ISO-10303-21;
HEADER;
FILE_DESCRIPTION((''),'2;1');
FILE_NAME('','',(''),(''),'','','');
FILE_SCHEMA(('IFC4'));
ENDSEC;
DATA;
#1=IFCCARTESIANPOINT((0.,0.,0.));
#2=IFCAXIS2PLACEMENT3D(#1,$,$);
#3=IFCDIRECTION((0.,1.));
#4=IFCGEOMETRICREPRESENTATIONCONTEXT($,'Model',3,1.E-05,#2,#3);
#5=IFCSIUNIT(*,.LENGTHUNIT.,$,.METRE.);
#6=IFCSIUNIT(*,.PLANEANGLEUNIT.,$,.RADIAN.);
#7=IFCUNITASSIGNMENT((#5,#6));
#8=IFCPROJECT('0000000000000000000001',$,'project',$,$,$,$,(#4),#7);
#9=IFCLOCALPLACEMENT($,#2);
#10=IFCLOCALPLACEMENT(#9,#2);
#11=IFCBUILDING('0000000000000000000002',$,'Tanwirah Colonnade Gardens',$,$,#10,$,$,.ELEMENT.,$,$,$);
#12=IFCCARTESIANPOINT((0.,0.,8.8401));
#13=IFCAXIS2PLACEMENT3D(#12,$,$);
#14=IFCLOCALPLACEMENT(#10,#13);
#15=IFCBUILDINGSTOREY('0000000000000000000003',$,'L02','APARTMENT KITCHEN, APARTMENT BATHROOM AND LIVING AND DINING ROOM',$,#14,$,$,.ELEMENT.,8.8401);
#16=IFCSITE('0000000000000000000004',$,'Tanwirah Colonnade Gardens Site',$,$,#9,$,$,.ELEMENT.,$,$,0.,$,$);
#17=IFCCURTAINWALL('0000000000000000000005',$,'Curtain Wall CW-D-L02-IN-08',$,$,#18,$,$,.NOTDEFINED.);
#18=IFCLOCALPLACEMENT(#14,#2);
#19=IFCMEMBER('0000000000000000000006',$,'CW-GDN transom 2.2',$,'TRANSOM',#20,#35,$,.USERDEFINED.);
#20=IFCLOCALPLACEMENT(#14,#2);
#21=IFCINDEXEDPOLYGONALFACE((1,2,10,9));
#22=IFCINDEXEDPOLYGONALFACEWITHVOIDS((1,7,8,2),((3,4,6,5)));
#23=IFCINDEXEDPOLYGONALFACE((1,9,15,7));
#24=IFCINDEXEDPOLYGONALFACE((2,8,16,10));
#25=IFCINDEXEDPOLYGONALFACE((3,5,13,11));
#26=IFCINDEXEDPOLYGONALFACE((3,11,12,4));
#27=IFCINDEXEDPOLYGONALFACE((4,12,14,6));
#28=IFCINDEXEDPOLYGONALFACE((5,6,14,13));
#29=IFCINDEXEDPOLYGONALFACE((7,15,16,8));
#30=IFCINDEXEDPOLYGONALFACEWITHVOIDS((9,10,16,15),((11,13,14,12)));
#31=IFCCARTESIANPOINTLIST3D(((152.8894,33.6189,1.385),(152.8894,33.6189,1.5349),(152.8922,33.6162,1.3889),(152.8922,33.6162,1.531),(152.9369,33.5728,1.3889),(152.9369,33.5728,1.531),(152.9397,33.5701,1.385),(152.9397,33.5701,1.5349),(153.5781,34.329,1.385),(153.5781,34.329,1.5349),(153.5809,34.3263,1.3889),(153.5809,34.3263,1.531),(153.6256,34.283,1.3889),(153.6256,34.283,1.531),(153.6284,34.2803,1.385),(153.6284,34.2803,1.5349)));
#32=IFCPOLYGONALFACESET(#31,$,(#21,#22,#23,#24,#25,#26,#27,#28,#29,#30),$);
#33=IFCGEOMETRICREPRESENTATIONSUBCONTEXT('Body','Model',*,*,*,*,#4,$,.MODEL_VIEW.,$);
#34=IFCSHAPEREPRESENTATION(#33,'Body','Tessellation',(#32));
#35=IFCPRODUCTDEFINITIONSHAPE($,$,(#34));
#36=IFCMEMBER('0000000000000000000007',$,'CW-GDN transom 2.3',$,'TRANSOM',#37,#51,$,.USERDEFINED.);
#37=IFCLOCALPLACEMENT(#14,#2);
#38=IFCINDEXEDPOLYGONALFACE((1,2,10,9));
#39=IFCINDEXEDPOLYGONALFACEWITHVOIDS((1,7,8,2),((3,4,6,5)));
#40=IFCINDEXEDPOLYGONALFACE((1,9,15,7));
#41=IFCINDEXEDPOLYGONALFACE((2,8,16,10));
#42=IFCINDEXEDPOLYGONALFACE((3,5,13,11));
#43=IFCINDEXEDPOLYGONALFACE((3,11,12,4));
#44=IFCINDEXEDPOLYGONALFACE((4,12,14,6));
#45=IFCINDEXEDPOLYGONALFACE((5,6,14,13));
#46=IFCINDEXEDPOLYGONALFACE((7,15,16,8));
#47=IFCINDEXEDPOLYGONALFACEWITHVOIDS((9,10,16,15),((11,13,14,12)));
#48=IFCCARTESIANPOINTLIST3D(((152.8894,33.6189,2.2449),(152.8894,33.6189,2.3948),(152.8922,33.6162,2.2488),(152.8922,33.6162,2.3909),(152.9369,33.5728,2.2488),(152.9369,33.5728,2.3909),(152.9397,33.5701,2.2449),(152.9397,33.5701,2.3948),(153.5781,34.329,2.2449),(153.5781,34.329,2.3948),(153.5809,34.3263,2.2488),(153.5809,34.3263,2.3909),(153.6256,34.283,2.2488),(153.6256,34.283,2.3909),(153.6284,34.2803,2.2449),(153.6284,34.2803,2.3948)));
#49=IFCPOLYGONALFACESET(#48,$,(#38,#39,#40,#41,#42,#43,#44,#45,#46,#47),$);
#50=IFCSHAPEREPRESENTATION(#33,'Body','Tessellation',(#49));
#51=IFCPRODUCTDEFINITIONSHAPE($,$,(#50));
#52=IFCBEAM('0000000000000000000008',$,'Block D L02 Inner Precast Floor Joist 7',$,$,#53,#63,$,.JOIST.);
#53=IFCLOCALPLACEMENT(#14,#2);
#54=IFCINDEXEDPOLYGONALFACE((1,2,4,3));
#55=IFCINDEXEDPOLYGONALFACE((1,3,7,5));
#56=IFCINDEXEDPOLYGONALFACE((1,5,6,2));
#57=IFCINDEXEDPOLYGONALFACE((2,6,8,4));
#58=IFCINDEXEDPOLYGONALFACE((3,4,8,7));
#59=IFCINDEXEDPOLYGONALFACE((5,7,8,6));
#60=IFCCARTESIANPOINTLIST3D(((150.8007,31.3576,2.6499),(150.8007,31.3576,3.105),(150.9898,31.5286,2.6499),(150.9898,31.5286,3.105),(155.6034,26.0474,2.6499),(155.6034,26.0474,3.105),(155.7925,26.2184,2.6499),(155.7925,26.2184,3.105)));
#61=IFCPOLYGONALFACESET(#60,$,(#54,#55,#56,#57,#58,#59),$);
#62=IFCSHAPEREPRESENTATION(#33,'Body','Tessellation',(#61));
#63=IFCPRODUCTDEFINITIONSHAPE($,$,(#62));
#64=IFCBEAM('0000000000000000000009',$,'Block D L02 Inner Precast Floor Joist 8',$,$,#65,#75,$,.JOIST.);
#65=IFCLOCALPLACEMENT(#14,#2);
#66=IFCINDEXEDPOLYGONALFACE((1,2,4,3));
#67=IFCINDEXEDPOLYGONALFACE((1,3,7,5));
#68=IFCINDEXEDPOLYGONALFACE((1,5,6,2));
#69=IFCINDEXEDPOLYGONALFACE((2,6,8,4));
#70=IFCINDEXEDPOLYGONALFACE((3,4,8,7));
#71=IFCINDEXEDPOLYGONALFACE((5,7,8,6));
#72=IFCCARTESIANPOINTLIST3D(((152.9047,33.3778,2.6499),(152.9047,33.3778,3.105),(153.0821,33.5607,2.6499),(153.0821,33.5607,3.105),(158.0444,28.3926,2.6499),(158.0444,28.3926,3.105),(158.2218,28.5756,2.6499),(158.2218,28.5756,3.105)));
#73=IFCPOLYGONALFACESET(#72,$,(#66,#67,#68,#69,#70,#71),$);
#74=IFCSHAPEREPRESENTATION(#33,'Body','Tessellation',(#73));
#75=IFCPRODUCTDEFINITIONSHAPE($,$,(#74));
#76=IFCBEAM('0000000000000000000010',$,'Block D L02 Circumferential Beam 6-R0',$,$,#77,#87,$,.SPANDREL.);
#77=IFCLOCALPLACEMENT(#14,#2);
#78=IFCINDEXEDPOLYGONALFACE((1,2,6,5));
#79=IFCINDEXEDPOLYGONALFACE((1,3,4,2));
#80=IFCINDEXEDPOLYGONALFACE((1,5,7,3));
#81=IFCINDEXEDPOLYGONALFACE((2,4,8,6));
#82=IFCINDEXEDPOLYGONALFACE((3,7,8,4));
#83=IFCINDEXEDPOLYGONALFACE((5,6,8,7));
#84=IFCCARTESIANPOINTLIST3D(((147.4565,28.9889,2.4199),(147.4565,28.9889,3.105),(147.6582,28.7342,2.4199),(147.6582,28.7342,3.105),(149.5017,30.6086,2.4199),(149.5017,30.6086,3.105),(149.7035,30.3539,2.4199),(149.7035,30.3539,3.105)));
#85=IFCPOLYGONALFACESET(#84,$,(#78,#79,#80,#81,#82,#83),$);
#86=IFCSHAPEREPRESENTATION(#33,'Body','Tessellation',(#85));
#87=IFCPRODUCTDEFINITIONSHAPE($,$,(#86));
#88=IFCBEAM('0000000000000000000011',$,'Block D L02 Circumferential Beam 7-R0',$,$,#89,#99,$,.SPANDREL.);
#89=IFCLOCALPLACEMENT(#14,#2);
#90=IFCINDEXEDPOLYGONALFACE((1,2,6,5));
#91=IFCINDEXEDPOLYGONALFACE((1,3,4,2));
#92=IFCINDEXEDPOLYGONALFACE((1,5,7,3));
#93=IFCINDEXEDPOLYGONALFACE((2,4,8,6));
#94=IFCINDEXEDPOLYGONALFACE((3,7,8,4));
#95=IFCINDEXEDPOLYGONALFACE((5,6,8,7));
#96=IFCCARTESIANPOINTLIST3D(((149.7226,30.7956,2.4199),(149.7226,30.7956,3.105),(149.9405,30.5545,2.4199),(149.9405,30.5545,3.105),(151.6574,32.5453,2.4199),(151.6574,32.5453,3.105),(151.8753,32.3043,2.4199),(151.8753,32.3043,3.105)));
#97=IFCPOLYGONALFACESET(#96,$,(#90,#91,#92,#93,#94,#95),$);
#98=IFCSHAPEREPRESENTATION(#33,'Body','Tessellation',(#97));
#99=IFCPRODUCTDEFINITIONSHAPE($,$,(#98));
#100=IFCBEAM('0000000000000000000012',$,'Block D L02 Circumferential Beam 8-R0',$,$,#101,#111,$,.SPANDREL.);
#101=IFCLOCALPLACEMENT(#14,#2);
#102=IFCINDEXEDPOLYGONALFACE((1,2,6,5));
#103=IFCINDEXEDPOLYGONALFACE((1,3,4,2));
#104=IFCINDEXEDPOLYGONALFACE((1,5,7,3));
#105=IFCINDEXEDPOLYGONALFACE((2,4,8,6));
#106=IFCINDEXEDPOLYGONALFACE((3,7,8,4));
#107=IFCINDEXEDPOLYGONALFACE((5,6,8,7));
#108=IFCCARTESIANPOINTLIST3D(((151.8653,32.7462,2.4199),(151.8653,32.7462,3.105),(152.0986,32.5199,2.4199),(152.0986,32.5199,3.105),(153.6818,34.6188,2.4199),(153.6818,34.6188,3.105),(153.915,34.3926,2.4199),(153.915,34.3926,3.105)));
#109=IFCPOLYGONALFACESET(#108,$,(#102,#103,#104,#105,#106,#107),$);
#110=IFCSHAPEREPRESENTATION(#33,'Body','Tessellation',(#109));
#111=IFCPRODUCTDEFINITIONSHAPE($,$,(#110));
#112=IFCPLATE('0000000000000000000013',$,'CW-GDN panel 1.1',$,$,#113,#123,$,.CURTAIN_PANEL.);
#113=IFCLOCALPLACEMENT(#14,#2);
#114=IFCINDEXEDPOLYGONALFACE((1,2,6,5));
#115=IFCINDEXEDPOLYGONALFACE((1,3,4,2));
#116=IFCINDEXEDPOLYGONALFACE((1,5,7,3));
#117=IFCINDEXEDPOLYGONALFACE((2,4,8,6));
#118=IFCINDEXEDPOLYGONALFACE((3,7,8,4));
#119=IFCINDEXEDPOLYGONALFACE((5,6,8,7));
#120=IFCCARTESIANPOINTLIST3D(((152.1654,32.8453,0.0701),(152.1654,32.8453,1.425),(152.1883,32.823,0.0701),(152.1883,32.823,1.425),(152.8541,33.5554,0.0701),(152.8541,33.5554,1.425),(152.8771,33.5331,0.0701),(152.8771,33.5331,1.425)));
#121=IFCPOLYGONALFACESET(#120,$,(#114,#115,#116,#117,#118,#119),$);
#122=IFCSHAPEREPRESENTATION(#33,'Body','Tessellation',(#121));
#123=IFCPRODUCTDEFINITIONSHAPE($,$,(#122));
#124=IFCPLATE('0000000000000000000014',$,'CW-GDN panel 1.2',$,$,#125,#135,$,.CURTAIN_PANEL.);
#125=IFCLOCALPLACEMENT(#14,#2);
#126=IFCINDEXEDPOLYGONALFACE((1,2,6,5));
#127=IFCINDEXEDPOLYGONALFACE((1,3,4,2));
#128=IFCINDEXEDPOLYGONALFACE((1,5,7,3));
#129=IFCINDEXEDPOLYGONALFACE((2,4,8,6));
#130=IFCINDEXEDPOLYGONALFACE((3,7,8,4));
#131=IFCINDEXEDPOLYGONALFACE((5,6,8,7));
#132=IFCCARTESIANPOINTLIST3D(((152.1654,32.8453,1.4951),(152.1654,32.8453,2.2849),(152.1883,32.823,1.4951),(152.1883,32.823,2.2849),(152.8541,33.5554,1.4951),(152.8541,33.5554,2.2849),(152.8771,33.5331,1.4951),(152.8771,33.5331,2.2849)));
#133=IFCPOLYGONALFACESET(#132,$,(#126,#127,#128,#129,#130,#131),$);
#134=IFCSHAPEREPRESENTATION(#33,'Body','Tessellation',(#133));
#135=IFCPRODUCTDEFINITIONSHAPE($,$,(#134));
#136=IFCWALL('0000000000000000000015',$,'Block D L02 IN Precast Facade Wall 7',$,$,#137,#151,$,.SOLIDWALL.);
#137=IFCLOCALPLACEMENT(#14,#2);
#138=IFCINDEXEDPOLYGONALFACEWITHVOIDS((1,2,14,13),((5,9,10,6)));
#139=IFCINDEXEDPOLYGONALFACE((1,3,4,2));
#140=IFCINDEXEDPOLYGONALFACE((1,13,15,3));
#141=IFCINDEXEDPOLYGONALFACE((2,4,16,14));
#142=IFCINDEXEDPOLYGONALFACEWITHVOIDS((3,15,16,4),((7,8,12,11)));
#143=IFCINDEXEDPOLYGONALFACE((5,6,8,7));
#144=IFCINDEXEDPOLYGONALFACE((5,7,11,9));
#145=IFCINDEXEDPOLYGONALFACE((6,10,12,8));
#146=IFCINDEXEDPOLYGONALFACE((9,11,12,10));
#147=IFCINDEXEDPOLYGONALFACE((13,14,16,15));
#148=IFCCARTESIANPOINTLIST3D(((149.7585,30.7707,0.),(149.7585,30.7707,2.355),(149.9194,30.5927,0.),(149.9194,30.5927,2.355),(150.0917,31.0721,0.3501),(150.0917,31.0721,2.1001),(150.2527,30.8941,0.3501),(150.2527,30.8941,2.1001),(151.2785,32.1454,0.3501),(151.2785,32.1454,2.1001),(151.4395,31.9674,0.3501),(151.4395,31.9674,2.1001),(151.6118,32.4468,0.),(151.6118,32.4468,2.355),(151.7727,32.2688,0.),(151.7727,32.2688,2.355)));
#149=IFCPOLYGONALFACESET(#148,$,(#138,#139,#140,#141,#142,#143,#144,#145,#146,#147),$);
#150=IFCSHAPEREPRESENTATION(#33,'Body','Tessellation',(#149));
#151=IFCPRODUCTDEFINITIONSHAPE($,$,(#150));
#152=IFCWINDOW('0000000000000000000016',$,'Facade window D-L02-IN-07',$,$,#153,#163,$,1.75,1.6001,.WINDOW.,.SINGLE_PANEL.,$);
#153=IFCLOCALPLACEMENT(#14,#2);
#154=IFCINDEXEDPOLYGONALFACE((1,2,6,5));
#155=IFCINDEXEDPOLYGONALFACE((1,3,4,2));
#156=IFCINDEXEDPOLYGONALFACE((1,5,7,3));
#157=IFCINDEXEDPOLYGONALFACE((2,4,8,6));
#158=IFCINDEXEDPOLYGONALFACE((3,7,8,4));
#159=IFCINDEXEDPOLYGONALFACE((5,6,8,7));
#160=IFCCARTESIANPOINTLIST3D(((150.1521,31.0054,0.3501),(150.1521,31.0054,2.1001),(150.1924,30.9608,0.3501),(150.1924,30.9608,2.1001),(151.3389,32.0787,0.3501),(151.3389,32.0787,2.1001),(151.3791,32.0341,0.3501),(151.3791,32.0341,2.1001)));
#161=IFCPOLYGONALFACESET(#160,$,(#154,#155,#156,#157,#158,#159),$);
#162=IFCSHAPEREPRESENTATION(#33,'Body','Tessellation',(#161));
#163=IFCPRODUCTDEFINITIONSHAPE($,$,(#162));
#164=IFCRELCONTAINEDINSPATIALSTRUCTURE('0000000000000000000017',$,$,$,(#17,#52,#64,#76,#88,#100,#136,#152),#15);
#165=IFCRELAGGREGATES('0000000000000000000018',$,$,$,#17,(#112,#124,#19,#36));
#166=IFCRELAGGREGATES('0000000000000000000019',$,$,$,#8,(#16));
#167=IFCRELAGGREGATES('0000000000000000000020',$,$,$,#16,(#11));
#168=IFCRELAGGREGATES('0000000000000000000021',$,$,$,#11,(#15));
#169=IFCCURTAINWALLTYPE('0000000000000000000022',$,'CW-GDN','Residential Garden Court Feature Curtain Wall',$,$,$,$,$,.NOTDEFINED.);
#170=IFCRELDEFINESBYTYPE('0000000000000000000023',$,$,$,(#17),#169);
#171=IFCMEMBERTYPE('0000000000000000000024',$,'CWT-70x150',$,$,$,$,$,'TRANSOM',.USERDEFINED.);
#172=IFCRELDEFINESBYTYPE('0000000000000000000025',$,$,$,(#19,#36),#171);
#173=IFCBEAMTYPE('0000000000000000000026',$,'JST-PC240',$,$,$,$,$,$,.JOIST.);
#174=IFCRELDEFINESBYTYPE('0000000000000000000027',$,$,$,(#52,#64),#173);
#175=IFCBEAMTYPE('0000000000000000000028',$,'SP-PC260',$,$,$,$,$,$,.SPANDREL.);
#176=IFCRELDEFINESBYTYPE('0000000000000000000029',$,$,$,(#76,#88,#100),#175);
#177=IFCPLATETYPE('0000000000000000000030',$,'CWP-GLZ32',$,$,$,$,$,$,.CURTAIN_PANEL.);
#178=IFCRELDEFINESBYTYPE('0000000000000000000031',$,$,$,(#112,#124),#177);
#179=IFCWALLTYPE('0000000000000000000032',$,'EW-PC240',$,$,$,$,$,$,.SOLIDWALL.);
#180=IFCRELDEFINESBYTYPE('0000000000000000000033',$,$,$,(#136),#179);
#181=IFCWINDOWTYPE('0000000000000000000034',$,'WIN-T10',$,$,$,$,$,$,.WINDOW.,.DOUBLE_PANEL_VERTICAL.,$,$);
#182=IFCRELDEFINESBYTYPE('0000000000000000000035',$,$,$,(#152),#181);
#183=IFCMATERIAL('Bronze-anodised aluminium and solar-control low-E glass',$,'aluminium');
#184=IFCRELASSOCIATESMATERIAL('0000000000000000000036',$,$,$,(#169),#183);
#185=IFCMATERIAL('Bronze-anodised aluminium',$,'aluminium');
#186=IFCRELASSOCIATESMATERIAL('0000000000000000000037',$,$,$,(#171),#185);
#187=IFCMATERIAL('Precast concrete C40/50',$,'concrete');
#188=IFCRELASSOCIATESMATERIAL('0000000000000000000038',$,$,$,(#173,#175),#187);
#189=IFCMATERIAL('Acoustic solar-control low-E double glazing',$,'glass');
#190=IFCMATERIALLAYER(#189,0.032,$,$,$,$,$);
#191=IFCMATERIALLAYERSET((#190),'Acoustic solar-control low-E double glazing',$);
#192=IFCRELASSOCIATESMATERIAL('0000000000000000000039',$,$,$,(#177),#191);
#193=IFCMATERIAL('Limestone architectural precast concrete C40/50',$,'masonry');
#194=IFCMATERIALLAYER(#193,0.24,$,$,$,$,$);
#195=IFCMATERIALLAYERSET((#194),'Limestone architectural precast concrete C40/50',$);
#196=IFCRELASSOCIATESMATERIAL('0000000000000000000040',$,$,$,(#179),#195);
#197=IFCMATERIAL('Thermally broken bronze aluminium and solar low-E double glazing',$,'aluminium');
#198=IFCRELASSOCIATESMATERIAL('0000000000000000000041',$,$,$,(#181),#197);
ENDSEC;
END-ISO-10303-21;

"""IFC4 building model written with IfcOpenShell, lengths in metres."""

from ifc_helpers import new_model, si_unit, direction, frame, frame_2d, origin, origin_2d, place, context, subcontext, project, spatial, rectangle, hollow_rectangle, extrude, material, layer, layer_set, material_profile, profile_set, type_object, element, fill, aggregate, save


model = new_model("IFC4")

# Units and contexts
model_context = context("Model", 3, precision=1e-05, world=origin(), true_north=direction((0.0, 1.0)))
body_context = subcontext(model_context, "Body", "Model", "MODEL_VIEW")
ifc_project = project(units=[si_unit("LENGTHUNIT", "METRE"), si_unit("PLANEANGLEUNIT", "RADIAN")], contexts=[model_context])

# Site, building, storey
site_placement = place(None, origin())
site = spatial("IfcSite", under=ifc_project, at=site_placement, Name="Tanwirah Colonnade Gardens Site", CompositionType="ELEMENT", RefElevation=0.0)
building_placement = place(site_placement, origin())
building = spatial("IfcBuilding", under=site, at=building_placement, Name="Tanwirah Colonnade Gardens", CompositionType="ELEMENT")
storey_placement = place(building_placement, frame((0.0, 0.0, 8.8401)))
storey = spatial("IfcBuildingStorey", under=building, at=storey_placement, Name="L02", Description="APARTMENT KITCHEN, APARTMENT BATHROOM AND LIVING AND DINING ROOM", CompositionType="ELEMENT", Elevation=8.8401)

# Shared definitions
ifc_material_1 = material(Name="Precast concrete C40/50", Category="concrete")

# Curtain wall, members
ifc_material_2 = material(Name="Bronze-anodised aluminium and solar-control low-E glass", Category="aluminium")
curtain_wall_type = type_object("IfcCurtainWallType", Name="CW-GDN", Description="Residential Garden Court Feature Curtain Wall", PredefinedType="NOTDEFINED", material=ifc_material_2)
curtain_wall_placement = place(storey_placement, origin())
curtain_wall = element("IfcCurtainWall", 1, at=curtain_wall_placement, inside=storey, type_object=curtain_wall_type, Name="Curtain Wall CW-D-L02-IN-08", PredefinedType="NOTDEFINED")
ifc_material_3 = material(Name="Bronze-anodised aluminium", Category="aluminium")
ifc_material_profile_1 = material_profile(ifc_material_3, hollow_rectangle(XDim=0.0701, YDim=0.1499, WallThickness=0.0039, at=origin_2d()), Name="CW-TRN 70x150x4")
ifc_profile_set_1 = profile_set([ifc_material_profile_1], Name="Bronze-anodised aluminium")
member_type_1 = type_object("IfcMemberType", Name="CWT-70x150", ElementType="TRANSOM", PredefinedType="USERDEFINED", material=ifc_profile_set_1)
member_1_placement = place(storey_placement, frame((152.9146, 33.5945, 1.46), z_axis=(0.696165, 0.717882, 0.0), x_axis=(-0.717882, 0.696165, 0.0)))
member_1 = element("IfcMember", 2, at=member_1_placement, type_object=member_type_1, Name="CW-GDN transom 2.2", ObjectType="TRANSOM", PredefinedType="USERDEFINED", context=body_context, shape_type="SweptSolid", body=[
    extrude(hollow_rectangle(XDim=0.0701, YDim=0.1499, WallThickness=0.0039, at=origin_2d()), origin(), (0.0, 0.0, 1.0), 0.9893),
])
member_2_placement = place(storey_placement, frame((152.9146, 33.5945, 2.3198), z_axis=(0.696165, 0.717882, 0.0), x_axis=(-0.717882, 0.696165, 0.0)))
member_2 = element("IfcMember", 3, at=member_2_placement, type_object=member_type_1, Name="CW-GDN transom 2.3", ObjectType="TRANSOM", PredefinedType="USERDEFINED", context=body_context, shape_type="SweptSolid", body=[
    extrude(hollow_rectangle(XDim=0.0701, YDim=0.1499, WallThickness=0.0039, at=origin_2d()), origin(), (0.0, 0.0, 1.0), 0.9893),
])

# Beams
ifc_material_profile_2 = material_profile(ifc_material_1, rectangle(XDim=0.2549, YDim=0.4551, at=origin_2d()), Name="PC-JST 255x455")
ifc_profile_set_2 = profile_set([ifc_material_profile_2], Name="Precast concrete C40/50")
beam_type_1 = type_object("IfcBeamType", Name="JST-PC240", PredefinedType="JOIST", material=ifc_profile_set_2)
beam_1_placement = place(storey_placement, frame((150.8953, 31.4431, 2.8774), z_axis=(0.670773, -0.741663, 0.0), x_axis=(0.741663, 0.670773, 0.0)))
element("IfcBeam", 4, at=beam_1_placement, inside=storey, type_object=beam_type_1, Name="Block D L02 Inner Precast Floor Joist 7", PredefinedType="JOIST", context=body_context, shape_type="SweptSolid", body=[
    extrude(rectangle(XDim=0.2549, YDim=0.4551, at=origin_2d()), origin(), (0.0, 0.0, 1.0), 7.1599),
])
beam_2_placement = place(storey_placement, frame((152.9934, 33.4692, 2.8774), z_axis=(0.717816, -0.696233, 0.0), x_axis=(0.696233, 0.717816, 0.0)))
element("IfcBeam", 5, at=beam_2_placement, inside=storey, type_object=beam_type_1, Name="Block D L02 Inner Precast Floor Joist 8", PredefinedType="JOIST", context=body_context, shape_type="SweptSolid", body=[
    extrude(rectangle(XDim=0.2549, YDim=0.4551, at=origin_2d()), origin(), (0.0, 0.0, 1.0), 7.1602),
])
ifc_material_profile_3 = material_profile(ifc_material_1, rectangle(XDim=0.325, YDim=0.6851, at=origin_2d()), Name="PC-SP 325x685")
ifc_profile_set_3 = profile_set([ifc_material_profile_3], Name="Precast concrete C40/50")
beam_type_2 = type_object("IfcBeamType", Name="SP-PC260", PredefinedType="SPANDREL", material=ifc_profile_set_3)
beam_3_placement = place(storey_placement, frame((147.5574, 28.8616, 2.7625), z_axis=(0.783945, 0.62083, 0.0), x_axis=(-0.62083, 0.783945, 0.0)))
element("IfcBeam", 6, at=beam_3_placement, inside=storey, type_object=beam_type_2, Name="Block D L02 Circumferential Beam 6-R0", PredefinedType="SPANDREL", context=body_context, shape_type="SweptSolid", body=[
    extrude(rectangle(XDim=0.325, YDim=0.6851, at=origin_2d()), origin(), (0.0, 0.0, 1.0), 2.6089),
])
beam_4_placement = place(storey_placement, frame((149.8315, 30.675, 2.7625), z_axis=(0.741687, 0.670747, 0.0), x_axis=(-0.670747, 0.741687, 0.0)))
element("IfcBeam", 7, at=beam_4_placement, inside=storey, type_object=beam_type_2, Name="Block D L02 Circumferential Beam 7-R0", PredefinedType="SPANDREL", context=body_context, shape_type="SweptSolid", body=[
    extrude(rectangle(XDim=0.325, YDim=0.6851, at=origin_2d()), origin(), (0.0, 0.0, 1.0), 2.6086),
])
beam_5_placement = place(storey_placement, frame((151.9819, 32.6331, 2.7625), z_axis=(0.696263, 0.717787, 0.0), x_axis=(-0.717787, 0.696263, 0.0)))
element("IfcBeam", 8, at=beam_5_placement, inside=storey, type_object=beam_type_2, Name="Block D L02 Circumferential Beam 8-R0", PredefinedType="SPANDREL", context=body_context, shape_type="SweptSolid", body=[
    extrude(rectangle(XDim=0.325, YDim=0.6851, at=origin_2d()), origin(), (0.0, 0.0, 1.0), 2.6089),
])

# Plates
ifc_material_4 = material(Name="Acoustic solar-control low-E double glazing", Category="glass")
ifc_layer_1 = layer(ifc_material_4, 0.032)
ifc_layer_set_1 = layer_set([ifc_layer_1], Name="Acoustic solar-control low-E double glazing")
plate_type = type_object("IfcPlateType", Name="CWP-GLZ32", PredefinedType="CURTAIN_PANEL", material=ifc_layer_set_1)
plate_1_placement = place(storey_placement, frame((152.5212, 33.1892, 0.0701), z_axis=(0.0, 0.0, 1.0), x_axis=(0.696223, 0.717825, 0.0)))
plate_1 = element("IfcPlate", 9, at=plate_1_placement, type_object=plate_type, Name="CW-GDN panel 1.1", PredefinedType="CURTAIN_PANEL", context=body_context, shape_type="SweptSolid", body=[
    extrude(rectangle(XDim=0.9893, YDim=0.032, at=origin_2d()), origin(), (0.0, 0.0, 1.0), 1.355),
])
plate_2_placement = place(storey_placement, frame((152.5212, 33.1892, 1.4951), z_axis=(0.0, 0.0, 1.0), x_axis=(0.696223, 0.717825, 0.0)))
plate_2 = element("IfcPlate", 10, at=plate_2_placement, type_object=plate_type, Name="CW-GDN panel 1.2", PredefinedType="CURTAIN_PANEL", context=body_context, shape_type="SweptSolid", body=[
    extrude(rectangle(XDim=0.9893, YDim=0.032, at=origin_2d()), origin(), (0.0, 0.0, 1.0), 0.7898),
])
aggregate(curtain_wall, [plate_1, plate_2, member_1, member_2])

# Wall, opening, window
ifc_material_5 = material(Name="Limestone architectural precast concrete C40/50", Category="masonry")
ifc_layer_2 = layer(ifc_material_5, 0.24)
ifc_layer_set_2 = layer_set([ifc_layer_2], Name="Limestone architectural precast concrete C40/50")
wall_type_1 = type_object("IfcWallType", Name="EW-PC240", PredefinedType="SOLIDWALL", material=ifc_layer_set_2)
wall_1_placement = place(storey_placement, frame((149.8389, 30.6816, 0.0), z_axis=(0.0, 0.0, 1.0), x_axis=(0.741684, 0.67075, 0.0)))
wall_1 = element("IfcWall", 11, at=wall_1_placement, inside=storey, type_object=wall_type_1, Name="Block D L02 IN Precast Facade Wall 7", PredefinedType="SOLIDWALL", context=body_context, shape_type="SweptSolid", body=[
    extrude(rectangle(XDim=2.4988, YDim=0.24, at=frame_2d((1.2495, 0.0))), origin(), (0.0, 0.0, 1.0), 2.355),
])
opening_1_placement = place(wall_1_placement, frame((0.4495, 0.0, 0.3501)))
opening_1 = element("IfcOpeningElement", 12, at=opening_1_placement, cuts=wall_1, PredefinedType="OPENING", context=body_context, shape_type="SweptSolid", body=[
    extrude(rectangle(XDim=1.6001, YDim=1.75, at=frame_2d((0.8, 0.875))), frame((0.0, 0.1299, 0.0), z_axis=(0.0, -1.0, 0.0), x_axis=(1.0, 0.0, 0.0)), (0.0, 0.0, 1.0), 0.26),
])
ifc_material_6 = material(Name="Thermally broken bronze aluminium and solar low-E double glazing", Category="aluminium")
window_type = type_object("IfcWindowType", Name="WIN-T10", PartitioningType="DOUBLE_PANEL_VERTICAL", PredefinedType="WINDOW", material=ifc_material_6)
window_placement = place(opening_1_placement, origin())
window = element("IfcWindow", 13, at=window_placement, inside=storey, type_object=window_type, Name="Facade window D-L02-IN-07", OverallHeight=1.75, OverallWidth=1.6001, PartitioningType="SINGLE_PANEL", PredefinedType="WINDOW", context=body_context, shape_type="SweptSolid", body=[
    extrude(rectangle(XDim=1.6001, YDim=1.75, at=frame_2d((0.8, 0.875))), frame((0.0, 0.03, 0.0), z_axis=(0.0, -1.0, 0.0), x_axis=(1.0, 0.0, 0.0)), (0.0, 0.0, 1.0), 0.0601),
])
fill(opening_1, window)

save(model, "model.ifc")
